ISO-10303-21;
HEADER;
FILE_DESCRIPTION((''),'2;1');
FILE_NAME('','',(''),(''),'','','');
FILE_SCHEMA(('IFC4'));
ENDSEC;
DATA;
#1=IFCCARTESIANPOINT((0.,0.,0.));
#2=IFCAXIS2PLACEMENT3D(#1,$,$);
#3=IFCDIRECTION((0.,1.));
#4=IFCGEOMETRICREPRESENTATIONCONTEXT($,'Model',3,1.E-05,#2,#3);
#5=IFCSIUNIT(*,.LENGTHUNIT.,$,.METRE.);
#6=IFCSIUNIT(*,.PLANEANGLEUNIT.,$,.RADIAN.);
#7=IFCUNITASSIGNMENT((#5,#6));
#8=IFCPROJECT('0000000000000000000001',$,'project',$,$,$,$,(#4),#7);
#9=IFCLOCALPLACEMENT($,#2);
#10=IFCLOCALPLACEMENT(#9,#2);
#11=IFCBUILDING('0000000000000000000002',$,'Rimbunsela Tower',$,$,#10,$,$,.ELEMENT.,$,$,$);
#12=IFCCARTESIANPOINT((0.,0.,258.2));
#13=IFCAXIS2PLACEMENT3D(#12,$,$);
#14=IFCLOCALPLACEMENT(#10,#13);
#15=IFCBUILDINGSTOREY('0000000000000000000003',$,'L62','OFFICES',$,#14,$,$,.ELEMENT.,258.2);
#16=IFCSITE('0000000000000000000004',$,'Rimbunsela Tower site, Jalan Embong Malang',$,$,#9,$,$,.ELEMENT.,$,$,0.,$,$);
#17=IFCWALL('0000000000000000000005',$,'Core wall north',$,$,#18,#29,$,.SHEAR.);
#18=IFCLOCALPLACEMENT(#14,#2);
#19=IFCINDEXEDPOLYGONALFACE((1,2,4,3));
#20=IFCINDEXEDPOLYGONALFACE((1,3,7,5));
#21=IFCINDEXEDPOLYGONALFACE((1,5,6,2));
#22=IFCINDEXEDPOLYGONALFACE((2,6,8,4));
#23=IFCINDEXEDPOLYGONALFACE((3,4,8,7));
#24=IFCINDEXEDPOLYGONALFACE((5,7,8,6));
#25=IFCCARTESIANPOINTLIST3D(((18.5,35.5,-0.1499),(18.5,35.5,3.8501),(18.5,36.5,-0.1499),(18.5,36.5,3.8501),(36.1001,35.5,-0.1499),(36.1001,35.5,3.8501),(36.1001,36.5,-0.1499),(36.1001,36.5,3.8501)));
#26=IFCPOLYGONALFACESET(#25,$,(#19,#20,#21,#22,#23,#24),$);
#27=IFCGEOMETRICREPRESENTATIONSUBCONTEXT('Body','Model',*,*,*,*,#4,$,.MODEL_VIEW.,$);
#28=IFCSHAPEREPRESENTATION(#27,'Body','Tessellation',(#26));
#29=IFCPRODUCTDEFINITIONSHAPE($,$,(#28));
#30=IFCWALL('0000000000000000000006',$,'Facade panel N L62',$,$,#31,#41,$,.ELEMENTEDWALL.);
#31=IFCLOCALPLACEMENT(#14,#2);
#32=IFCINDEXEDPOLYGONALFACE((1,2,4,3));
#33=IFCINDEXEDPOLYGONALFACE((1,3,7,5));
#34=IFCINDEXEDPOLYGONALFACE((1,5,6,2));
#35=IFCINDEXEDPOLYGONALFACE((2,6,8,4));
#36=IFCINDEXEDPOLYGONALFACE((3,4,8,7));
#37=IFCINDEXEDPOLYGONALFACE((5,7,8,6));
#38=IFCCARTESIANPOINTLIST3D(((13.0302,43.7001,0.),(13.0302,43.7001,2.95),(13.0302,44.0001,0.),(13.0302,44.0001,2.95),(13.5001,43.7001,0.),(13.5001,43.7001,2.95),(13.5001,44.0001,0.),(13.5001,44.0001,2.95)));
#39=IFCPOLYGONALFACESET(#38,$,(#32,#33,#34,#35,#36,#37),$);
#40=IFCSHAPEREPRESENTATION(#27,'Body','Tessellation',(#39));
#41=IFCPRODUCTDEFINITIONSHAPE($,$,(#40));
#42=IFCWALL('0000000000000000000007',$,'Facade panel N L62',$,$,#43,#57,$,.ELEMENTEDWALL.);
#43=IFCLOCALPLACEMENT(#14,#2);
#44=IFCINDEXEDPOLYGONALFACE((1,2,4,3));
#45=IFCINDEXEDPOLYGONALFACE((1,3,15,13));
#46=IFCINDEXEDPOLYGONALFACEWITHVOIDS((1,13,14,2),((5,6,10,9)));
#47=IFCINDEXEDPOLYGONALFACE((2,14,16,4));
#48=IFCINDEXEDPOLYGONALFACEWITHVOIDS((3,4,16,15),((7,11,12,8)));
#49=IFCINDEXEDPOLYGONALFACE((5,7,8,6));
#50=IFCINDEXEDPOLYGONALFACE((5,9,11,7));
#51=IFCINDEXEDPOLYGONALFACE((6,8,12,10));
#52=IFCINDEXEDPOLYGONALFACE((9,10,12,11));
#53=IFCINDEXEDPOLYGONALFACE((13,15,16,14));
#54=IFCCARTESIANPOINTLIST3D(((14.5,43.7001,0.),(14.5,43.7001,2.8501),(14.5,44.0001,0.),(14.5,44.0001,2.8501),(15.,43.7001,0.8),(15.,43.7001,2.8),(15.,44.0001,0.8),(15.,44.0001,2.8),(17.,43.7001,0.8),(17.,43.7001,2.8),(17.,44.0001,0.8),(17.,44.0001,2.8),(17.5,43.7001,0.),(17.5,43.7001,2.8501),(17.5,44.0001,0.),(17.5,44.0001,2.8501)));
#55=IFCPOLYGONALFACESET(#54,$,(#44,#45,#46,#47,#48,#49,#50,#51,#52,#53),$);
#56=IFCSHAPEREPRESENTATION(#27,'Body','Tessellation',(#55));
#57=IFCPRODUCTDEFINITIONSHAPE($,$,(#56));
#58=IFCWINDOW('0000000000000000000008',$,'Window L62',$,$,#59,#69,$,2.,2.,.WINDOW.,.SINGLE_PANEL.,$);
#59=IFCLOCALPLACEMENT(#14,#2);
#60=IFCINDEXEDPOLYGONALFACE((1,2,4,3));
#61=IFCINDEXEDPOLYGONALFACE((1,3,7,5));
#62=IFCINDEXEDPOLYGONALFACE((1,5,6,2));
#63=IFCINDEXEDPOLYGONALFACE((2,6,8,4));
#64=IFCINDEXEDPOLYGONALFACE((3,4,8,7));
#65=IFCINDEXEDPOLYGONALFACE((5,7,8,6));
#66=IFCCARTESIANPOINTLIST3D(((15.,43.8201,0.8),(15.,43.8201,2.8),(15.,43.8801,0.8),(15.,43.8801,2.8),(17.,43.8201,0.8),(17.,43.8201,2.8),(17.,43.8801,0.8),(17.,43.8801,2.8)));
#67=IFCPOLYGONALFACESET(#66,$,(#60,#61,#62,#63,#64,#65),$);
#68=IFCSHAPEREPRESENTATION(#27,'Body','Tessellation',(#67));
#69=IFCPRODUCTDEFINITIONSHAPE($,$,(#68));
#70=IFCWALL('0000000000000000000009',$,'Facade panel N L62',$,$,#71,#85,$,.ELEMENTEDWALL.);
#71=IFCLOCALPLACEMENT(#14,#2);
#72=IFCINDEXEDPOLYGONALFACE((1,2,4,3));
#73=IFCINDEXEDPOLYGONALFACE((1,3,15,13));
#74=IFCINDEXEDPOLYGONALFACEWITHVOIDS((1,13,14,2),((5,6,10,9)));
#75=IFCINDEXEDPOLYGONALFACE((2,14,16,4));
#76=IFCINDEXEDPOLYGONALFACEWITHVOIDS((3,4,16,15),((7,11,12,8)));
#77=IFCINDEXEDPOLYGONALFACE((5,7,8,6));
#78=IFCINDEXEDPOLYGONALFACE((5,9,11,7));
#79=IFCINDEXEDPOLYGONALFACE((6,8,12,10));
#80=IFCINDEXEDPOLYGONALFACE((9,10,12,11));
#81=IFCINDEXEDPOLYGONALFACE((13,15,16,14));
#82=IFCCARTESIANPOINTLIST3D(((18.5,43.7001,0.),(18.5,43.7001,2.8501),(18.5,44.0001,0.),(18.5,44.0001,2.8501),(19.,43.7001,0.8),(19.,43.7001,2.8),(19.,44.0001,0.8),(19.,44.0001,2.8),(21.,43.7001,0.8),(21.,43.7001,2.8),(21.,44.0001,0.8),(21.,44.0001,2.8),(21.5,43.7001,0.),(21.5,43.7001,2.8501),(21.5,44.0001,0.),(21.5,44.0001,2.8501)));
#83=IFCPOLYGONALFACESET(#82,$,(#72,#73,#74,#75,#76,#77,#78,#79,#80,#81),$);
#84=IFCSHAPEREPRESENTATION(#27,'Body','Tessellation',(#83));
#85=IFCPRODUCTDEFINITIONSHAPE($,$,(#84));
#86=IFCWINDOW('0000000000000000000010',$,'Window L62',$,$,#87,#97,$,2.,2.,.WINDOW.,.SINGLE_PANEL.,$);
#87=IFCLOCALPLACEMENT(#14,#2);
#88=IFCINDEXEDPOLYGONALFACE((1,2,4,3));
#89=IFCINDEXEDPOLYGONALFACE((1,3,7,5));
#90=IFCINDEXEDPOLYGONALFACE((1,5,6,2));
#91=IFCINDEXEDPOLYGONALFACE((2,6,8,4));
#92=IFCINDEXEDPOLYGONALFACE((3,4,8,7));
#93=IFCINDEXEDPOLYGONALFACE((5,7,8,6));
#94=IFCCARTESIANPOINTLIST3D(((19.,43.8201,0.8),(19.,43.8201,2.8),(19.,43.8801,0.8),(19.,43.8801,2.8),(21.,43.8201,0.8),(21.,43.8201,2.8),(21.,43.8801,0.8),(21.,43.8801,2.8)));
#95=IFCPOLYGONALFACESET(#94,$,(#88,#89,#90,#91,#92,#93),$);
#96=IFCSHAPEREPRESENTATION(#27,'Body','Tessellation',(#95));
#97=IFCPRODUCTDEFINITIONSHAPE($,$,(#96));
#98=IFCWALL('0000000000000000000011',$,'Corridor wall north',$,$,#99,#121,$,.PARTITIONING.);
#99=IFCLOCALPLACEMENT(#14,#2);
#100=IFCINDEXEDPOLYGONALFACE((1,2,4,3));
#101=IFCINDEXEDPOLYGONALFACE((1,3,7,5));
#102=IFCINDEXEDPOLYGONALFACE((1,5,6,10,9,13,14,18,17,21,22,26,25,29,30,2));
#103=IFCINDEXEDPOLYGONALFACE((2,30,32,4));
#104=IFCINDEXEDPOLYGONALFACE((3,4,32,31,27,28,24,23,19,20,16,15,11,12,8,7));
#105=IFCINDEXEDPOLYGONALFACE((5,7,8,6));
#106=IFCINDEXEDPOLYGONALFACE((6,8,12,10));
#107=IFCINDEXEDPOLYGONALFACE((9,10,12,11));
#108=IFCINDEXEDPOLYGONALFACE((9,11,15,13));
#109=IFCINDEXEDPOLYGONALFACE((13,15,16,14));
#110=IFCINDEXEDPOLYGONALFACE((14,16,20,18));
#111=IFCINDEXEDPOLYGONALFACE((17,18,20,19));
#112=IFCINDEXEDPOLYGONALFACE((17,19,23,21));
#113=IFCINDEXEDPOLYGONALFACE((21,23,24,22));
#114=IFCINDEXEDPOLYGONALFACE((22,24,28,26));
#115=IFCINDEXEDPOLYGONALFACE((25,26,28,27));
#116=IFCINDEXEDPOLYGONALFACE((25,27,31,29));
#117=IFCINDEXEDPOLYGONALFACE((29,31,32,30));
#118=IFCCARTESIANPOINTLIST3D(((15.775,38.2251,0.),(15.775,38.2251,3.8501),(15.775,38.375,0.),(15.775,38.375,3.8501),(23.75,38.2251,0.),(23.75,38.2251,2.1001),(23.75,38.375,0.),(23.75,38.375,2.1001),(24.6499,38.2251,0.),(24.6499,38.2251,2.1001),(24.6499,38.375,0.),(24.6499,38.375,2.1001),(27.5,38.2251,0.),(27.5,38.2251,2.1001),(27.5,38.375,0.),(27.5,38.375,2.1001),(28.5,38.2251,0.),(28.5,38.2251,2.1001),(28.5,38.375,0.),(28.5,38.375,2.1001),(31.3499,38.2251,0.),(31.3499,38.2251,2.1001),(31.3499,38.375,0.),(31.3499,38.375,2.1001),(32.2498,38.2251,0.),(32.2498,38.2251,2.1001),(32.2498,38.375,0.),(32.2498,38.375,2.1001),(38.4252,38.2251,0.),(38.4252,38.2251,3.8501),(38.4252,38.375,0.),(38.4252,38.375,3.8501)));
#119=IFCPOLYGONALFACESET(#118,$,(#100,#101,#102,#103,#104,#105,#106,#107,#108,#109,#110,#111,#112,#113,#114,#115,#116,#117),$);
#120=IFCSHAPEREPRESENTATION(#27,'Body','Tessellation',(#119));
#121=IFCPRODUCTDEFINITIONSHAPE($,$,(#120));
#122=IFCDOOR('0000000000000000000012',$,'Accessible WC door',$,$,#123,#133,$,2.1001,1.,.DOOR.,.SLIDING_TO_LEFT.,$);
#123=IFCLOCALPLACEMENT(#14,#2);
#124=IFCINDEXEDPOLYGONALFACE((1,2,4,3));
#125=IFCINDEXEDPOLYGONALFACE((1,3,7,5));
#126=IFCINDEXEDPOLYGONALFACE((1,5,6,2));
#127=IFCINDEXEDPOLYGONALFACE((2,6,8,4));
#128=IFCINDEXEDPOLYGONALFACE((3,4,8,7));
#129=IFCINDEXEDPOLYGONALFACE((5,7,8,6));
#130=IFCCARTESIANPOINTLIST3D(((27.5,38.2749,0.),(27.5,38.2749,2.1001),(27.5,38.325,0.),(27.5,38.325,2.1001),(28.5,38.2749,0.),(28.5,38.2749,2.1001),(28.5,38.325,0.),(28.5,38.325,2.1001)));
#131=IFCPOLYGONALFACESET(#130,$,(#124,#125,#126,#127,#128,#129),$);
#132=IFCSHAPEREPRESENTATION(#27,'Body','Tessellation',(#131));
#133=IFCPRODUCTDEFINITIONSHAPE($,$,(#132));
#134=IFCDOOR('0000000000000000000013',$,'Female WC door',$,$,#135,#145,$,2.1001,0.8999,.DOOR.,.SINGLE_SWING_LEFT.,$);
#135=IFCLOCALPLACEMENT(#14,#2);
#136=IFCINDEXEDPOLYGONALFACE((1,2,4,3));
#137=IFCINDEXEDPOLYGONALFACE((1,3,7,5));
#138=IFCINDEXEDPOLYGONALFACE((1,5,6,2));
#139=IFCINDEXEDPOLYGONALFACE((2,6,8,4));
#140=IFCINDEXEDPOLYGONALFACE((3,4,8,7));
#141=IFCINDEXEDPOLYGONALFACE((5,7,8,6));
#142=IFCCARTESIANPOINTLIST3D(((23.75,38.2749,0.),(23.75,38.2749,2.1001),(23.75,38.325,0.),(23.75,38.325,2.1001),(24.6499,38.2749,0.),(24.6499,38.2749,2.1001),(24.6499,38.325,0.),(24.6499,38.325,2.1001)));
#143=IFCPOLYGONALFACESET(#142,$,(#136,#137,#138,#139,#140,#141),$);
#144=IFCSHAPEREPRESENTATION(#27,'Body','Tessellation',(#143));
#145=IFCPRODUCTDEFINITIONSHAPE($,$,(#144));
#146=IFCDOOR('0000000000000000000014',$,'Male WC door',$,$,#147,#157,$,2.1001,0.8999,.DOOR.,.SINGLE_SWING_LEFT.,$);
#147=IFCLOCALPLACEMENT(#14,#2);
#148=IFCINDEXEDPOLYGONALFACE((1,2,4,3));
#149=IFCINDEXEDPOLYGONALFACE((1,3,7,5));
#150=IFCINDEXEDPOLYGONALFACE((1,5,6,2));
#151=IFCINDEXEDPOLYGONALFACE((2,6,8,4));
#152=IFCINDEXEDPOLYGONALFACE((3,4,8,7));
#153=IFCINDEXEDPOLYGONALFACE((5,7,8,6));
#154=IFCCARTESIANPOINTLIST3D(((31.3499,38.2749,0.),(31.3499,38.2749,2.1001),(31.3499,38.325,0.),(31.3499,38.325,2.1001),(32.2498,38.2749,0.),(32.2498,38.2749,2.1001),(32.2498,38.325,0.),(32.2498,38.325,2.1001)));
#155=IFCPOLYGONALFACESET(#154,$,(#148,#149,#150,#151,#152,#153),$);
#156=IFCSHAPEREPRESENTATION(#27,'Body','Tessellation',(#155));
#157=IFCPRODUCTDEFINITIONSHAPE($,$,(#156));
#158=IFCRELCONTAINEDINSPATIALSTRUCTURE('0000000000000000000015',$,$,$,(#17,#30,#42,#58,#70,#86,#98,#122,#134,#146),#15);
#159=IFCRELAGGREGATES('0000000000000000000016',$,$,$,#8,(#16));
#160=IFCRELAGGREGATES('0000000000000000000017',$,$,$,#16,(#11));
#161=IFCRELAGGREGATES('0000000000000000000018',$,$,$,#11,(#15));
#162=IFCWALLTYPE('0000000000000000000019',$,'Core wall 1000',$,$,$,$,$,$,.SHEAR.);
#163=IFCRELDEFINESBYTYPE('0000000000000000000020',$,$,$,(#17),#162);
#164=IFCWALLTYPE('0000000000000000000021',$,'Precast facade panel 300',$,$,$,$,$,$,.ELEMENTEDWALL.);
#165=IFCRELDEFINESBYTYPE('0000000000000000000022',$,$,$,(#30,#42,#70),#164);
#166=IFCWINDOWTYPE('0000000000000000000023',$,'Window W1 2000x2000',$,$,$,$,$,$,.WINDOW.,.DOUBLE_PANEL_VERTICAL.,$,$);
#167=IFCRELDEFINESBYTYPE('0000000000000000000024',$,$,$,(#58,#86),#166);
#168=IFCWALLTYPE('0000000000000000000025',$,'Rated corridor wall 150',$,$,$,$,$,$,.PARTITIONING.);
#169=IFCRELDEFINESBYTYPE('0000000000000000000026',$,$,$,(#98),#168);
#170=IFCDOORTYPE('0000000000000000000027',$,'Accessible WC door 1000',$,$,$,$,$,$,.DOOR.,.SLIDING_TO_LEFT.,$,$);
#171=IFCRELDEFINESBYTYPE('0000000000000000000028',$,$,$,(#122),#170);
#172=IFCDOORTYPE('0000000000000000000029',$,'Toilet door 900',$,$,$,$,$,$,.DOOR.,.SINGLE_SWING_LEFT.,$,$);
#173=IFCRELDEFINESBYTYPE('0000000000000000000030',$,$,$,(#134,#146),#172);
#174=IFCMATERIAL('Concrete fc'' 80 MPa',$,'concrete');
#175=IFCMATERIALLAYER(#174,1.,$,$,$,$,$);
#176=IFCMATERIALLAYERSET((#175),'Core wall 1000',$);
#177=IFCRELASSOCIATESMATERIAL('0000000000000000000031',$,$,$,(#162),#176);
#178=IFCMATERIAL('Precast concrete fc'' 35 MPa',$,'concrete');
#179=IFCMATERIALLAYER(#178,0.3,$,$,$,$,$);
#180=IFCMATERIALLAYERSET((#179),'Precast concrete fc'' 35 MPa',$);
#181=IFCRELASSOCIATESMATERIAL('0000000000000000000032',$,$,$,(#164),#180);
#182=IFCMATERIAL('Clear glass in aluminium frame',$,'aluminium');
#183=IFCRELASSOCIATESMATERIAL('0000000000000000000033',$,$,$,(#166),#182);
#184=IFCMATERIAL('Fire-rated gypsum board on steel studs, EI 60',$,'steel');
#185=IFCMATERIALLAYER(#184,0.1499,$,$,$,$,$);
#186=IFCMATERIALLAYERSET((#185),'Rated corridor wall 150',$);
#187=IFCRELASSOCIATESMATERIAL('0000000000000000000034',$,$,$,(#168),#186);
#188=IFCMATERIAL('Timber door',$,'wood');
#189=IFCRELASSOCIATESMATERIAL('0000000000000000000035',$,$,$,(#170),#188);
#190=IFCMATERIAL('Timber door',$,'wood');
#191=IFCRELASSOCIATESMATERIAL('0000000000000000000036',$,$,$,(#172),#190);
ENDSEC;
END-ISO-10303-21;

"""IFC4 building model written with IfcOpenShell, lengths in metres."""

from ifc_helpers import new_model, si_unit, direction, frame, frame_2d, origin, place, context, subcontext, project, spatial, rectangle, extrude, material, layer, layer_set, type_object, element, fill, save


model = new_model("IFC4")

# Units and contexts
model_context = context("Model", 3, precision=1e-05, world=origin(), true_north=direction((0.0, 1.0)))
body_context = subcontext(model_context, "Body", "Model", "MODEL_VIEW")
ifc_project = project(units=[si_unit("LENGTHUNIT", "METRE"), si_unit("PLANEANGLEUNIT", "RADIAN")], contexts=[model_context])

# Site, building, storey
site_placement = place(None, origin())
site = spatial("IfcSite", under=ifc_project, at=site_placement, Name="Rimbunsela Tower site, Jalan Embong Malang", CompositionType="ELEMENT", RefElevation=0.0)
building_placement = place(site_placement, origin())
building = spatial("IfcBuilding", under=site, at=building_placement, Name="Rimbunsela Tower", CompositionType="ELEMENT")
storey_placement = place(building_placement, frame((0.0, 0.0, 258.2)))
storey = spatial("IfcBuildingStorey", under=building, at=storey_placement, Name="L62", Description="OFFICES", CompositionType="ELEMENT", Elevation=258.2)

# Walls
ifc_material_1 = material(Name="Concrete fc' 80 MPa", Category="concrete")
ifc_layer_1 = layer(ifc_material_1, 1.0)
ifc_layer_set_1 = layer_set([ifc_layer_1], Name="Core wall 1000")
wall_type_1 = type_object("IfcWallType", Name="Core wall 1000", PredefinedType="SHEAR", material=ifc_layer_set_1)
wall_1_placement = place(storey_placement, frame((18.5, 36.0, -0.1499), z_axis=(0.0, 0.0, 1.0), x_axis=(1.0, 0.0, 0.0)))
element("IfcWall", 1, at=wall_1_placement, inside=storey, type_object=wall_type_1, Name="Core wall north", PredefinedType="SHEAR", context=body_context, shape_type="SweptSolid", body=[
    extrude(rectangle(XDim=17.6001, YDim=1.0, at=frame_2d((8.8, 0.0))), origin(), (0.0, 0.0, 1.0), 4.0),
])
ifc_material_2 = material(Name="Precast concrete fc' 35 MPa", Category="concrete")
ifc_layer_2 = layer(ifc_material_2, 0.3)
ifc_layer_set_2 = layer_set([ifc_layer_2], Name="Precast concrete fc' 35 MPa")
wall_type_2 = type_object("IfcWallType", Name="Precast facade panel 300", PredefinedType="ELEMENTEDWALL", material=ifc_layer_set_2)
wall_2_placement = place(storey_placement, frame((13.5, 43.8501, 0.0), z_axis=(0.0, 0.0, 1.0), x_axis=(-1.0, 0.0, 0.0)))
element("IfcWall", 2, at=wall_2_placement, inside=storey, type_object=wall_type_2, Name="Facade panel N L62", PredefinedType="ELEMENTEDWALL", context=body_context, shape_type="SweptSolid", body=[
    extrude(rectangle(XDim=0.47, YDim=0.3, at=frame_2d((0.2349, 0.0))), origin(), (0.0, 0.0, 1.0), 2.95),
])

# Walls, openings, windows
wall_3_placement = place(storey_placement, frame((17.5, 43.8501, 0.0), z_axis=(0.0, 0.0, 1.0), x_axis=(-1.0, 0.0, 0.0)))
wall_3 = element("IfcWall", 3, at=wall_3_placement, inside=storey, type_object=wall_type_2, Name="Facade panel N L62", PredefinedType="ELEMENTEDWALL", context=body_context, shape_type="SweptSolid", body=[
    extrude(rectangle(XDim=3.0, YDim=0.3, at=frame_2d((1.5, 0.0))), origin(), (0.0, 0.0, 1.0), 2.8501),
])
opening_1_placement = place(wall_3_placement, frame((0.5, 0.0, 0.8)))
opening_1 = element("IfcOpeningElement", 4, at=opening_1_placement, cuts=wall_3, PredefinedType="OPENING", context=body_context, shape_type="SweptSolid", body=[
    extrude(rectangle(XDim=2.0, YDim=2.0, at=frame_2d((1.0, 1.0))), frame((0.0, 0.1599, 0.0), z_axis=(0.0, -1.0, 0.0), x_axis=(1.0, 0.0, 0.0)), (0.0, 0.0, 1.0), 0.3201),
])
ifc_material_3 = material(Name="Clear glass in aluminium frame", Category="aluminium")
window_type = type_object("IfcWindowType", Name="Window W1 2000x2000", PartitioningType="DOUBLE_PANEL_VERTICAL", PredefinedType="WINDOW", material=ifc_material_3)
window_1_placement = place(opening_1_placement, origin())
window_1 = element("IfcWindow", 5, at=window_1_placement, inside=storey, type_object=window_type, Name="Window L62", OverallHeight=2.0, OverallWidth=2.0, PartitioningType="SINGLE_PANEL", PredefinedType="WINDOW", context=body_context, shape_type="SweptSolid", body=[
    extrude(rectangle(XDim=2.0, YDim=2.0, at=frame_2d((1.0, 1.0))), frame((0.0, 0.03, 0.0), z_axis=(0.0, -1.0, 0.0), x_axis=(1.0, 0.0, 0.0)), (0.0, 0.0, 1.0), 0.0601),
])
fill(opening_1, window_1)
wall_4_placement = place(storey_placement, frame((21.5, 43.8501, 0.0), z_axis=(0.0, 0.0, 1.0), x_axis=(-1.0, 0.0, 0.0)))
wall_4 = element("IfcWall", 6, at=wall_4_placement, inside=storey, type_object=wall_type_2, Name="Facade panel N L62", PredefinedType="ELEMENTEDWALL", context=body_context, shape_type="SweptSolid", body=[
    extrude(rectangle(XDim=3.0, YDim=0.3, at=frame_2d((1.5, 0.0))), origin(), (0.0, 0.0, 1.0), 2.8501),
])
opening_2_placement = place(wall_4_placement, frame((0.5, 0.0, 0.8)))
opening_2 = element("IfcOpeningElement", 7, at=opening_2_placement, cuts=wall_4, PredefinedType="OPENING", context=body_context, shape_type="SweptSolid", body=[
    extrude(rectangle(XDim=2.0, YDim=2.0, at=frame_2d((1.0, 1.0))), frame((0.0, 0.1599, 0.0), z_axis=(0.0, -1.0, 0.0), x_axis=(1.0, 0.0, 0.0)), (0.0, 0.0, 1.0), 0.3201),
])
window_2_placement = place(opening_2_placement, origin())
window_2 = element("IfcWindow", 8, at=window_2_placement, inside=storey, type_object=window_type, Name="Window L62", OverallHeight=2.0, OverallWidth=2.0, PartitioningType="SINGLE_PANEL", PredefinedType="WINDOW", context=body_context, shape_type="SweptSolid", body=[
    extrude(rectangle(XDim=2.0, YDim=2.0, at=frame_2d((1.0, 1.0))), frame((0.0, 0.03, 0.0), z_axis=(0.0, -1.0, 0.0), x_axis=(1.0, 0.0, 0.0)), (0.0, 0.0, 1.0), 0.0601),
])
fill(opening_2, window_2)

# Wall, openings, doors
ifc_material_4 = material(Name="Fire-rated gypsum board on steel studs, EI 60", Category="steel")
ifc_layer_3 = layer(ifc_material_4, 0.1499)
ifc_layer_set_3 = layer_set([ifc_layer_3], Name="Rated corridor wall 150")
wall_type_3 = type_object("IfcWallType", Name="Rated corridor wall 150", PredefinedType="PARTITIONING", material=ifc_layer_set_3)
wall_5_placement = place(storey_placement, frame((15.7749, 38.3, 0.0), z_axis=(0.0, 0.0, 1.0), x_axis=(1.0, 0.0, 0.0)))
wall_5 = element("IfcWall", 9, at=wall_5_placement, inside=storey, type_object=wall_type_3, Name="Corridor wall north", PredefinedType="PARTITIONING", context=body_context, shape_type="SweptSolid", body=[
    extrude(rectangle(XDim=22.6501, YDim=0.1499, at=frame_2d((11.3252, 0.0))), origin(), (0.0, 0.0, 1.0), 3.8501),
])
opening_3_placement = place(wall_5_placement, frame((7.9751, 0.0, 0.0)))
opening_3 = element("IfcOpeningElement", 10, at=opening_3_placement, cuts=wall_5, PredefinedType="OPENING", context=body_context, shape_type="SweptSolid", body=[
    extrude(rectangle(XDim=0.8999, YDim=2.1001, at=frame_2d((0.45, 1.05))), frame((0.0, 0.085, 0.0), z_axis=(0.0, -1.0, 0.0), x_axis=(1.0, 0.0, 0.0)), (0.0, 0.0, 1.0), 0.1699),
])
opening_4_placement = place(wall_5_placement, frame((11.7251, 0.0, 0.0)))
opening_4 = element("IfcOpeningElement", 11, at=opening_4_placement, cuts=wall_5, PredefinedType="OPENING", context=body_context, shape_type="SweptSolid", body=[
    extrude(rectangle(XDim=1.0, YDim=2.1001, at=frame_2d((0.5, 1.05))), frame((0.0, 0.085, 0.0), z_axis=(0.0, -1.0, 0.0), x_axis=(1.0, 0.0, 0.0)), (0.0, 0.0, 1.0), 0.1699),
])
opening_5_placement = place(wall_5_placement, frame((15.575, 0.0, 0.0)))
opening_5 = element("IfcOpeningElement", 12, at=opening_5_placement, cuts=wall_5, PredefinedType="OPENING", context=body_context, shape_type="SweptSolid", body=[
    extrude(rectangle(XDim=0.8999, YDim=2.1001, at=frame_2d((0.45, 1.05))), frame((0.0, 0.085, 0.0), z_axis=(0.0, -1.0, 0.0), x_axis=(1.0, 0.0, 0.0)), (0.0, 0.0, 1.0), 0.1699),
])
ifc_material_5 = material(Name="Timber door", Category="wood")
door_type_1 = type_object("IfcDoorType", Name="Accessible WC door 1000", OperationType="SLIDING_TO_LEFT", PredefinedType="DOOR", material=ifc_material_5)
door_1_placement = place(opening_4_placement, origin())
door_1 = element("IfcDoor", 13, at=door_1_placement, inside=storey, type_object=door_type_1, Name="Accessible WC door", OperationType="SLIDING_TO_LEFT", OverallHeight=2.1001, OverallWidth=1.0, PredefinedType="DOOR", context=body_context, shape_type="SweptSolid", body=[
    extrude(rectangle(XDim=1.0, YDim=2.1001, at=frame_2d((0.5, 1.05))), frame((0.0, 0.0249, 0.0), z_axis=(0.0, -1.0, 0.0), x_axis=(1.0, 0.0, 0.0)), (0.0, 0.0, 1.0), 0.05),
])
fill(opening_4, door_1)
ifc_material_6 = material(Name="Timber door", Category="wood")
door_type_2 = type_object("IfcDoorType", Name="Toilet door 900", OperationType="SINGLE_SWING_LEFT", PredefinedType="DOOR", material=ifc_material_6)
door_2_placement = place(opening_3_placement, origin())
door_2 = element("IfcDoor", 14, at=door_2_placement, inside=storey, type_object=door_type_2, Name="Female WC door", OperationType="SINGLE_SWING_LEFT", OverallHeight=2.1001, OverallWidth=0.8999, PredefinedType="DOOR", context=body_context, shape_type="SweptSolid", body=[
    extrude(rectangle(XDim=0.8999, YDim=2.1001, at=frame_2d((0.45, 1.05))), frame((0.0, 0.0249, 0.0), z_axis=(0.0, -1.0, 0.0), x_axis=(1.0, 0.0, 0.0)), (0.0, 0.0, 1.0), 0.05),
])
fill(opening_3, door_2)
door_3_placement = place(opening_5_placement, origin())
door_3 = element("IfcDoor", 15, at=door_3_placement, inside=storey, type_object=door_type_2, Name="Male WC door", OperationType="SINGLE_SWING_LEFT", OverallHeight=2.1001, OverallWidth=0.8999, PredefinedType="DOOR", context=body_context, shape_type="SweptSolid", body=[
    extrude(rectangle(XDim=0.8999, YDim=2.1001, at=frame_2d((0.45, 1.05))), frame((0.0, 0.0249, 0.0), z_axis=(0.0, -1.0, 0.0), x_axis=(1.0, 0.0, 0.0)), (0.0, 0.0, 1.0), 0.05),
])
fill(opening_5, door_3)

save(model, "model.ifc")
